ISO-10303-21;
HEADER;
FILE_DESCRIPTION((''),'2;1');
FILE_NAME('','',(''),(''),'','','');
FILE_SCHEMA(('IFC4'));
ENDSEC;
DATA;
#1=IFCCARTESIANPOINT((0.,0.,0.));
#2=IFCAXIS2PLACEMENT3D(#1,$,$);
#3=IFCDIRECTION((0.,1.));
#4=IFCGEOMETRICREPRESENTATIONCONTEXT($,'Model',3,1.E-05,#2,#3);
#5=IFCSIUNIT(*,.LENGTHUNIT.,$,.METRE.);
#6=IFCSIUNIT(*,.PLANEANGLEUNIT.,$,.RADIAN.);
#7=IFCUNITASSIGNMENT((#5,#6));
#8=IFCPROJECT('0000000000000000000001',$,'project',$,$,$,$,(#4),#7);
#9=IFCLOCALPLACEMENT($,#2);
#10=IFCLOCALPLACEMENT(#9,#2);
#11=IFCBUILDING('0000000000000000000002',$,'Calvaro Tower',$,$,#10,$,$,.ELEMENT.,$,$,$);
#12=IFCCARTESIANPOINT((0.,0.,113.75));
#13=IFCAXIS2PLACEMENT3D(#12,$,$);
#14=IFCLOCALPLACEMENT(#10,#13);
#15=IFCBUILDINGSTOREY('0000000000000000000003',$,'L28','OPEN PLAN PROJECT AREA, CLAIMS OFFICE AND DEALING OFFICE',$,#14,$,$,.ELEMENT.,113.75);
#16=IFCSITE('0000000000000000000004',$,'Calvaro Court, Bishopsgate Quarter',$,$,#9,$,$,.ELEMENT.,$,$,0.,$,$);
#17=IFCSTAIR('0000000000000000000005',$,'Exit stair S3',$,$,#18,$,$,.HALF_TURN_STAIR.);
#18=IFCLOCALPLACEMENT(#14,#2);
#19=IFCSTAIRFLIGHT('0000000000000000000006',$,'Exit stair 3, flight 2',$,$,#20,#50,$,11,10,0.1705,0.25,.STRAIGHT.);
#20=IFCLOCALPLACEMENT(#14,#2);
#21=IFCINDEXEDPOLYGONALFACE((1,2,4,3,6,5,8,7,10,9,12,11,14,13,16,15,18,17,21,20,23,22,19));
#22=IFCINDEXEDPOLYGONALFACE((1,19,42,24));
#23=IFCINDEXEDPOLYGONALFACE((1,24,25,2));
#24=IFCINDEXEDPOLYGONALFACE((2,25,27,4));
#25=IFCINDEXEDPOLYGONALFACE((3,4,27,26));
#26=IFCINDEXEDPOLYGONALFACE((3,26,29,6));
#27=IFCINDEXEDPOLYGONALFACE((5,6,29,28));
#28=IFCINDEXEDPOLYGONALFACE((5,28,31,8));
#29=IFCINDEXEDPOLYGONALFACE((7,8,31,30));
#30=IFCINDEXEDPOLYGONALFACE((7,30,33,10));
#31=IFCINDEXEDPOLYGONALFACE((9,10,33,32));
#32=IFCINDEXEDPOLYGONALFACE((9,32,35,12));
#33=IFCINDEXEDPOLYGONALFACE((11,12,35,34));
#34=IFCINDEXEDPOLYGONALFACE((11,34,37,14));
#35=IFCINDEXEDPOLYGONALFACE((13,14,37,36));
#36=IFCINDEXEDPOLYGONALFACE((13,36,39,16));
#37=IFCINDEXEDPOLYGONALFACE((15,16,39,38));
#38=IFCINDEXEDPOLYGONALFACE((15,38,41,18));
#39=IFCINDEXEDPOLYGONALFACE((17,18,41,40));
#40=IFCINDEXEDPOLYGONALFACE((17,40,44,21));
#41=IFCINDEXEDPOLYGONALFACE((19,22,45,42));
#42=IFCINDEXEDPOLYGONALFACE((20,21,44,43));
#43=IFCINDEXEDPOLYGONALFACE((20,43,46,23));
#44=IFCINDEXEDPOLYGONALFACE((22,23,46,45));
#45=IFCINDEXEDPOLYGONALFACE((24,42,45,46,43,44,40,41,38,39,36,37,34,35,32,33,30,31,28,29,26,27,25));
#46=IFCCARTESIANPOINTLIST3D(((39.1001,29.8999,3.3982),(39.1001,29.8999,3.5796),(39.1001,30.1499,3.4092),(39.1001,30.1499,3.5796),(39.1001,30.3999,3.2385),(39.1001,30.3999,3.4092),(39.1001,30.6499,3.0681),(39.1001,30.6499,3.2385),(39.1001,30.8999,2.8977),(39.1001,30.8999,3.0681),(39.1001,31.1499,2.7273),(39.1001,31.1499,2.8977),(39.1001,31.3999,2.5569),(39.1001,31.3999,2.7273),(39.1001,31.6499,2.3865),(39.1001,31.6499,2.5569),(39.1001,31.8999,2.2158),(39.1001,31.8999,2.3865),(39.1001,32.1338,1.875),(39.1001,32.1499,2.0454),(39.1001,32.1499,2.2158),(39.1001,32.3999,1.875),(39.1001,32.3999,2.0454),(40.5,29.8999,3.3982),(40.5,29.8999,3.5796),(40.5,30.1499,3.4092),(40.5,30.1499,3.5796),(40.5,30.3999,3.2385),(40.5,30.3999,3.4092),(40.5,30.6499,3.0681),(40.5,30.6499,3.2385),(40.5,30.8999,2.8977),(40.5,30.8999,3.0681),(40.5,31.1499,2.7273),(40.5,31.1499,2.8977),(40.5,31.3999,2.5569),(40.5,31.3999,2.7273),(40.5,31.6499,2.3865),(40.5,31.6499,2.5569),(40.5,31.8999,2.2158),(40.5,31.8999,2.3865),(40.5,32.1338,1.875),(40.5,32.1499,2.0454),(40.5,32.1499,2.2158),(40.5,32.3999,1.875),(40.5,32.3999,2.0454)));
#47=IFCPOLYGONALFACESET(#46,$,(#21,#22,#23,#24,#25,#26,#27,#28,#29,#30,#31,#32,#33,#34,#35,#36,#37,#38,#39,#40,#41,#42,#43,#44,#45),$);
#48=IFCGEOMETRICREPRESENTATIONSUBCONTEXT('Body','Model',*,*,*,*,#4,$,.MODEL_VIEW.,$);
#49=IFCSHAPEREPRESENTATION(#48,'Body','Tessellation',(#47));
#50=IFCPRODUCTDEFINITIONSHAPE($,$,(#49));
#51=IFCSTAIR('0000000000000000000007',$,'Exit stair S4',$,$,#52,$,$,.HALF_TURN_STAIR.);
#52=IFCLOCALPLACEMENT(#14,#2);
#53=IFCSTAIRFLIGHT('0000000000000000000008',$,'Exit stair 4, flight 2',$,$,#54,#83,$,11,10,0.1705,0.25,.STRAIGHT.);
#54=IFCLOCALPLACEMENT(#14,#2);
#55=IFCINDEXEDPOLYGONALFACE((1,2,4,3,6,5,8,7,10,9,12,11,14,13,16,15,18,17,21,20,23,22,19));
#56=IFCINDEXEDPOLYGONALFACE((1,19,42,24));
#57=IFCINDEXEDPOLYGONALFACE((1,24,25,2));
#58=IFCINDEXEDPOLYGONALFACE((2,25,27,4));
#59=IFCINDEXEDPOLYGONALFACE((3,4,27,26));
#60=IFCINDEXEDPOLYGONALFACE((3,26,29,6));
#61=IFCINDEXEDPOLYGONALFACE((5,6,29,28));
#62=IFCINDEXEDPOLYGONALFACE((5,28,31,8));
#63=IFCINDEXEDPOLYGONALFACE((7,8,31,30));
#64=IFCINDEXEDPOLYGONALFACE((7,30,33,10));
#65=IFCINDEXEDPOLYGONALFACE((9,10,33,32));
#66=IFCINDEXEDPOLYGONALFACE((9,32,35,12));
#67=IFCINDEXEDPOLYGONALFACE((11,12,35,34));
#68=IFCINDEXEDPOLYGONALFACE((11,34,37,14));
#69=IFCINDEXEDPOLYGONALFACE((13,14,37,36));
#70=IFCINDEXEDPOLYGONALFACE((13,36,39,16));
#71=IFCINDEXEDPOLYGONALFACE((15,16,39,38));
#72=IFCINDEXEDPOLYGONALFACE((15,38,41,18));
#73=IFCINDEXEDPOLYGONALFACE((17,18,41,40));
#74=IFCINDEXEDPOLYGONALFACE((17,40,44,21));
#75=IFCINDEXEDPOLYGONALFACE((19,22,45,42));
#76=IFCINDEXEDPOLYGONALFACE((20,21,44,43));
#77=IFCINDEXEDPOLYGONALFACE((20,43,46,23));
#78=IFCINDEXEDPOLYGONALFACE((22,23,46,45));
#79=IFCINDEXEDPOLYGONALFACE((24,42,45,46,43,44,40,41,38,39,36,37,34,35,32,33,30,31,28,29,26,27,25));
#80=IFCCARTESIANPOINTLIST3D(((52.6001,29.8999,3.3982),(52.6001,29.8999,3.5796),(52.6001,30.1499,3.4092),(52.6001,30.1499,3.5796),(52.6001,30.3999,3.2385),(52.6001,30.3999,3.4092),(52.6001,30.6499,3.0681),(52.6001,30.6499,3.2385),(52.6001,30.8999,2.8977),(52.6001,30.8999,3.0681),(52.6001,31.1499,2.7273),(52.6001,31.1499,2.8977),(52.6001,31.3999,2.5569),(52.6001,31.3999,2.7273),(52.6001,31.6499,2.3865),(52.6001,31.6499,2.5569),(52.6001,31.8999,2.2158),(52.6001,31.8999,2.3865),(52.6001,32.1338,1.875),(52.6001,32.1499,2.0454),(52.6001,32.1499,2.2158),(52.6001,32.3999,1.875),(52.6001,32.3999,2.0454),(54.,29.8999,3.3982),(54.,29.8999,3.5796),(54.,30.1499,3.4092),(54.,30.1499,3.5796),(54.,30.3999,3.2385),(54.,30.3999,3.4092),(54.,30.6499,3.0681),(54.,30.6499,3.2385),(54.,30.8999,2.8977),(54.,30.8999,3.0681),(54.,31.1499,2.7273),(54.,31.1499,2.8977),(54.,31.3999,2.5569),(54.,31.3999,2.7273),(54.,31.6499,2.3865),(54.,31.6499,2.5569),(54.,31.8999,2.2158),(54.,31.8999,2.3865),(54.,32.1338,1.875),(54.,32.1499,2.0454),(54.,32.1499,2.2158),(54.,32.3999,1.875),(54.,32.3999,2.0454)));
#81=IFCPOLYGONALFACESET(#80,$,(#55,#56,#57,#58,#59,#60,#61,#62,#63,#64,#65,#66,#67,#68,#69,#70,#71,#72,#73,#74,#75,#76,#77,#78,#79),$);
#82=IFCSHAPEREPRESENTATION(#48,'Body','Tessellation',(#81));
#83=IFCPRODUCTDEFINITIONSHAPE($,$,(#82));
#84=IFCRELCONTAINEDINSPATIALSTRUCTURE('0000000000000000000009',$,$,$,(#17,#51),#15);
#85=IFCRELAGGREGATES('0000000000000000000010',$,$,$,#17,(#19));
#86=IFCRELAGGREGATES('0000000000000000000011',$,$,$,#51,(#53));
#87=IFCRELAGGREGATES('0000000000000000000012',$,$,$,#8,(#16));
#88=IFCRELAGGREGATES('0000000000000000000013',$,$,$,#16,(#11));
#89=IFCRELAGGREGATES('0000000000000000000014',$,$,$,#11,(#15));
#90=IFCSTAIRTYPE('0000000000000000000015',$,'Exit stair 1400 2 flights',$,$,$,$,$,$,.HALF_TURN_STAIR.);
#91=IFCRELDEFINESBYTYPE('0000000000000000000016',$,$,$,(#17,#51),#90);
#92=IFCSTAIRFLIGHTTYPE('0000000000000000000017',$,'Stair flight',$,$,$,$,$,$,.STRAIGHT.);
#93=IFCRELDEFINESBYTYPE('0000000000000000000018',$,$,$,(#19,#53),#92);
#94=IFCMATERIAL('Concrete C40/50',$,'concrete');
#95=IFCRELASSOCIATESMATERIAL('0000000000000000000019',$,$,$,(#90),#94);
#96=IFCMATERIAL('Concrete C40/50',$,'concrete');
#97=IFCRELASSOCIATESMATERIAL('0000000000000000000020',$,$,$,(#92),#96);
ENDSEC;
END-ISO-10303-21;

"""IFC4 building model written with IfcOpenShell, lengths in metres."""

from ifc_helpers import new_model, si_unit, direction, frame, origin, place, context, subcontext, project, spatial, polyline, outline, extrude, material, type_object, element, aggregate, save


model = new_model("IFC4")

# Units and contexts
model_context = context("Model", 3, precision=1e-05, world=origin(), true_north=direction((0.0, 1.0)))
body_context = subcontext(model_context, "Body", "Model", "MODEL_VIEW")
ifc_project = project(units=[si_unit("LENGTHUNIT", "METRE"), si_unit("PLANEANGLEUNIT", "RADIAN")], contexts=[model_context])

# Site, building, storey
site_placement = place(None, origin())
site = spatial("IfcSite", under=ifc_project, at=site_placement, Name="Calvaro Court, Bishopsgate Quarter", CompositionType="ELEMENT", RefElevation=0.0)
building_placement = place(site_placement, origin())
building = spatial("IfcBuilding", under=site, at=building_placement, Name="Calvaro Tower", CompositionType="ELEMENT")
storey_placement = place(building_placement, frame((0.0, 0.0, 113.75)))
storey = spatial("IfcBuildingStorey", under=building, at=storey_placement, Name="L28", Description="OPEN PLAN PROJECT AREA, CLAIMS OFFICE AND DEALING OFFICE", CompositionType="ELEMENT", Elevation=113.75)

# Stairs, stair flights
ifc_material_1 = material(Name="Concrete C40/50", Category="concrete")
stair_type = type_object("IfcStairType", Name="Exit stair 1400 2 flights", PredefinedType="HALF_TURN_STAIR", material=ifc_material_1)
stair_1_placement = place(storey_placement, origin())
stair_1 = element("IfcStair", 1, at=stair_1_placement, inside=storey, type_object=stair_type, Name="Exit stair S3", PredefinedType="HALF_TURN_STAIR")
ifc_material_2 = material(Name="Concrete C40/50", Category="concrete")
stair_flight_type = type_object("IfcStairFlightType", Name="Stair flight", PredefinedType="STRAIGHT", material=ifc_material_2)
stair_flight_1_placement = place(storey_placement, frame((39.8, 32.3999, 1.875), z_axis=(0.0, 0.0, 1.0), x_axis=(0.0, -1.0, 0.0)))
stair_flight_1 = element("IfcStairFlight", 2, at=stair_flight_1_placement, type_object=stair_flight_type, Name="Exit stair 3, flight 2", NumberOfRisers=11, NumberOfTreads=10, PredefinedType="STRAIGHT", RiserHeight=0.1705, TreadLength=0.25, context=body_context, shape_type="SweptSolid", body=[
    extrude(outline(polyline([(0.0, 0.0), (0.0, 0.1704), (0.25, 0.1704), (0.25, 0.3408), (0.5, 0.3408), (0.5, 0.5115), (0.75, 0.5115), (0.75, 0.6819), (1.0, 0.6819), (1.0, 0.8523), (1.25, 0.8523), (1.25, 1.0227), (1.5, 1.0227), (1.5, 1.1931), (1.75, 1.1931), (1.75, 1.3635), (2.0, 1.3635), (2.0, 1.5342), (2.25, 1.5342), (2.25, 1.7046), (2.5, 1.7046), (2.5, 1.875), (2.5, 1.5232), (0.2661, 0.0), (0.0, 0.0)])), frame((0.0, 0.7, 0.0), z_axis=(0.0, -1.0, 0.0), x_axis=(1.0, 0.0, 0.0)), (0.0, 0.0, 1.0), 1.3999),
])
stair_2_placement = place(storey_placement, origin())
stair_2 = element("IfcStair", 3, at=stair_2_placement, inside=storey, type_object=stair_type, Name="Exit stair S4", PredefinedType="HALF_TURN_STAIR")
stair_flight_2_placement = place(storey_placement, frame((53.3, 32.3999, 1.875), z_axis=(0.0, 0.0, 1.0), x_axis=(0.0, -1.0, 0.0)))
stair_flight_2 = element("IfcStairFlight", 4, at=stair_flight_2_placement, type_object=stair_flight_type, Name="Exit stair 4, flight 2", NumberOfRisers=11, NumberOfTreads=10, PredefinedType="STRAIGHT", RiserHeight=0.1705, TreadLength=0.25, context=body_context, shape_type="SweptSolid", body=[
    extrude(outline(polyline([(0.0, 0.0), (0.0, 0.1704), (0.25, 0.1704), (0.25, 0.3408), (0.5, 0.3408), (0.5, 0.5115), (0.75, 0.5115), (0.75, 0.6819), (1.0, 0.6819), (1.0, 0.8523), (1.25, 0.8523), (1.25, 1.0227), (1.5, 1.0227), (1.5, 1.1931), (1.75, 1.1931), (1.75, 1.3635), (2.0, 1.3635), (2.0, 1.5342), (2.25, 1.5342), (2.25, 1.7046), (2.5, 1.7046), (2.5, 1.875), (2.5, 1.5232), (0.2661, 0.0), (0.0, 0.0)])), frame((0.0, 0.7, 0.0), z_axis=(0.0, -1.0, 0.0), x_axis=(1.0, 0.0, 0.0)), (0.0, 0.0, 1.0), 1.3999),
])

aggregate(stair_1, [stair_flight_1])
aggregate(stair_2, [stair_flight_2])

save(model, "model.ifc")
